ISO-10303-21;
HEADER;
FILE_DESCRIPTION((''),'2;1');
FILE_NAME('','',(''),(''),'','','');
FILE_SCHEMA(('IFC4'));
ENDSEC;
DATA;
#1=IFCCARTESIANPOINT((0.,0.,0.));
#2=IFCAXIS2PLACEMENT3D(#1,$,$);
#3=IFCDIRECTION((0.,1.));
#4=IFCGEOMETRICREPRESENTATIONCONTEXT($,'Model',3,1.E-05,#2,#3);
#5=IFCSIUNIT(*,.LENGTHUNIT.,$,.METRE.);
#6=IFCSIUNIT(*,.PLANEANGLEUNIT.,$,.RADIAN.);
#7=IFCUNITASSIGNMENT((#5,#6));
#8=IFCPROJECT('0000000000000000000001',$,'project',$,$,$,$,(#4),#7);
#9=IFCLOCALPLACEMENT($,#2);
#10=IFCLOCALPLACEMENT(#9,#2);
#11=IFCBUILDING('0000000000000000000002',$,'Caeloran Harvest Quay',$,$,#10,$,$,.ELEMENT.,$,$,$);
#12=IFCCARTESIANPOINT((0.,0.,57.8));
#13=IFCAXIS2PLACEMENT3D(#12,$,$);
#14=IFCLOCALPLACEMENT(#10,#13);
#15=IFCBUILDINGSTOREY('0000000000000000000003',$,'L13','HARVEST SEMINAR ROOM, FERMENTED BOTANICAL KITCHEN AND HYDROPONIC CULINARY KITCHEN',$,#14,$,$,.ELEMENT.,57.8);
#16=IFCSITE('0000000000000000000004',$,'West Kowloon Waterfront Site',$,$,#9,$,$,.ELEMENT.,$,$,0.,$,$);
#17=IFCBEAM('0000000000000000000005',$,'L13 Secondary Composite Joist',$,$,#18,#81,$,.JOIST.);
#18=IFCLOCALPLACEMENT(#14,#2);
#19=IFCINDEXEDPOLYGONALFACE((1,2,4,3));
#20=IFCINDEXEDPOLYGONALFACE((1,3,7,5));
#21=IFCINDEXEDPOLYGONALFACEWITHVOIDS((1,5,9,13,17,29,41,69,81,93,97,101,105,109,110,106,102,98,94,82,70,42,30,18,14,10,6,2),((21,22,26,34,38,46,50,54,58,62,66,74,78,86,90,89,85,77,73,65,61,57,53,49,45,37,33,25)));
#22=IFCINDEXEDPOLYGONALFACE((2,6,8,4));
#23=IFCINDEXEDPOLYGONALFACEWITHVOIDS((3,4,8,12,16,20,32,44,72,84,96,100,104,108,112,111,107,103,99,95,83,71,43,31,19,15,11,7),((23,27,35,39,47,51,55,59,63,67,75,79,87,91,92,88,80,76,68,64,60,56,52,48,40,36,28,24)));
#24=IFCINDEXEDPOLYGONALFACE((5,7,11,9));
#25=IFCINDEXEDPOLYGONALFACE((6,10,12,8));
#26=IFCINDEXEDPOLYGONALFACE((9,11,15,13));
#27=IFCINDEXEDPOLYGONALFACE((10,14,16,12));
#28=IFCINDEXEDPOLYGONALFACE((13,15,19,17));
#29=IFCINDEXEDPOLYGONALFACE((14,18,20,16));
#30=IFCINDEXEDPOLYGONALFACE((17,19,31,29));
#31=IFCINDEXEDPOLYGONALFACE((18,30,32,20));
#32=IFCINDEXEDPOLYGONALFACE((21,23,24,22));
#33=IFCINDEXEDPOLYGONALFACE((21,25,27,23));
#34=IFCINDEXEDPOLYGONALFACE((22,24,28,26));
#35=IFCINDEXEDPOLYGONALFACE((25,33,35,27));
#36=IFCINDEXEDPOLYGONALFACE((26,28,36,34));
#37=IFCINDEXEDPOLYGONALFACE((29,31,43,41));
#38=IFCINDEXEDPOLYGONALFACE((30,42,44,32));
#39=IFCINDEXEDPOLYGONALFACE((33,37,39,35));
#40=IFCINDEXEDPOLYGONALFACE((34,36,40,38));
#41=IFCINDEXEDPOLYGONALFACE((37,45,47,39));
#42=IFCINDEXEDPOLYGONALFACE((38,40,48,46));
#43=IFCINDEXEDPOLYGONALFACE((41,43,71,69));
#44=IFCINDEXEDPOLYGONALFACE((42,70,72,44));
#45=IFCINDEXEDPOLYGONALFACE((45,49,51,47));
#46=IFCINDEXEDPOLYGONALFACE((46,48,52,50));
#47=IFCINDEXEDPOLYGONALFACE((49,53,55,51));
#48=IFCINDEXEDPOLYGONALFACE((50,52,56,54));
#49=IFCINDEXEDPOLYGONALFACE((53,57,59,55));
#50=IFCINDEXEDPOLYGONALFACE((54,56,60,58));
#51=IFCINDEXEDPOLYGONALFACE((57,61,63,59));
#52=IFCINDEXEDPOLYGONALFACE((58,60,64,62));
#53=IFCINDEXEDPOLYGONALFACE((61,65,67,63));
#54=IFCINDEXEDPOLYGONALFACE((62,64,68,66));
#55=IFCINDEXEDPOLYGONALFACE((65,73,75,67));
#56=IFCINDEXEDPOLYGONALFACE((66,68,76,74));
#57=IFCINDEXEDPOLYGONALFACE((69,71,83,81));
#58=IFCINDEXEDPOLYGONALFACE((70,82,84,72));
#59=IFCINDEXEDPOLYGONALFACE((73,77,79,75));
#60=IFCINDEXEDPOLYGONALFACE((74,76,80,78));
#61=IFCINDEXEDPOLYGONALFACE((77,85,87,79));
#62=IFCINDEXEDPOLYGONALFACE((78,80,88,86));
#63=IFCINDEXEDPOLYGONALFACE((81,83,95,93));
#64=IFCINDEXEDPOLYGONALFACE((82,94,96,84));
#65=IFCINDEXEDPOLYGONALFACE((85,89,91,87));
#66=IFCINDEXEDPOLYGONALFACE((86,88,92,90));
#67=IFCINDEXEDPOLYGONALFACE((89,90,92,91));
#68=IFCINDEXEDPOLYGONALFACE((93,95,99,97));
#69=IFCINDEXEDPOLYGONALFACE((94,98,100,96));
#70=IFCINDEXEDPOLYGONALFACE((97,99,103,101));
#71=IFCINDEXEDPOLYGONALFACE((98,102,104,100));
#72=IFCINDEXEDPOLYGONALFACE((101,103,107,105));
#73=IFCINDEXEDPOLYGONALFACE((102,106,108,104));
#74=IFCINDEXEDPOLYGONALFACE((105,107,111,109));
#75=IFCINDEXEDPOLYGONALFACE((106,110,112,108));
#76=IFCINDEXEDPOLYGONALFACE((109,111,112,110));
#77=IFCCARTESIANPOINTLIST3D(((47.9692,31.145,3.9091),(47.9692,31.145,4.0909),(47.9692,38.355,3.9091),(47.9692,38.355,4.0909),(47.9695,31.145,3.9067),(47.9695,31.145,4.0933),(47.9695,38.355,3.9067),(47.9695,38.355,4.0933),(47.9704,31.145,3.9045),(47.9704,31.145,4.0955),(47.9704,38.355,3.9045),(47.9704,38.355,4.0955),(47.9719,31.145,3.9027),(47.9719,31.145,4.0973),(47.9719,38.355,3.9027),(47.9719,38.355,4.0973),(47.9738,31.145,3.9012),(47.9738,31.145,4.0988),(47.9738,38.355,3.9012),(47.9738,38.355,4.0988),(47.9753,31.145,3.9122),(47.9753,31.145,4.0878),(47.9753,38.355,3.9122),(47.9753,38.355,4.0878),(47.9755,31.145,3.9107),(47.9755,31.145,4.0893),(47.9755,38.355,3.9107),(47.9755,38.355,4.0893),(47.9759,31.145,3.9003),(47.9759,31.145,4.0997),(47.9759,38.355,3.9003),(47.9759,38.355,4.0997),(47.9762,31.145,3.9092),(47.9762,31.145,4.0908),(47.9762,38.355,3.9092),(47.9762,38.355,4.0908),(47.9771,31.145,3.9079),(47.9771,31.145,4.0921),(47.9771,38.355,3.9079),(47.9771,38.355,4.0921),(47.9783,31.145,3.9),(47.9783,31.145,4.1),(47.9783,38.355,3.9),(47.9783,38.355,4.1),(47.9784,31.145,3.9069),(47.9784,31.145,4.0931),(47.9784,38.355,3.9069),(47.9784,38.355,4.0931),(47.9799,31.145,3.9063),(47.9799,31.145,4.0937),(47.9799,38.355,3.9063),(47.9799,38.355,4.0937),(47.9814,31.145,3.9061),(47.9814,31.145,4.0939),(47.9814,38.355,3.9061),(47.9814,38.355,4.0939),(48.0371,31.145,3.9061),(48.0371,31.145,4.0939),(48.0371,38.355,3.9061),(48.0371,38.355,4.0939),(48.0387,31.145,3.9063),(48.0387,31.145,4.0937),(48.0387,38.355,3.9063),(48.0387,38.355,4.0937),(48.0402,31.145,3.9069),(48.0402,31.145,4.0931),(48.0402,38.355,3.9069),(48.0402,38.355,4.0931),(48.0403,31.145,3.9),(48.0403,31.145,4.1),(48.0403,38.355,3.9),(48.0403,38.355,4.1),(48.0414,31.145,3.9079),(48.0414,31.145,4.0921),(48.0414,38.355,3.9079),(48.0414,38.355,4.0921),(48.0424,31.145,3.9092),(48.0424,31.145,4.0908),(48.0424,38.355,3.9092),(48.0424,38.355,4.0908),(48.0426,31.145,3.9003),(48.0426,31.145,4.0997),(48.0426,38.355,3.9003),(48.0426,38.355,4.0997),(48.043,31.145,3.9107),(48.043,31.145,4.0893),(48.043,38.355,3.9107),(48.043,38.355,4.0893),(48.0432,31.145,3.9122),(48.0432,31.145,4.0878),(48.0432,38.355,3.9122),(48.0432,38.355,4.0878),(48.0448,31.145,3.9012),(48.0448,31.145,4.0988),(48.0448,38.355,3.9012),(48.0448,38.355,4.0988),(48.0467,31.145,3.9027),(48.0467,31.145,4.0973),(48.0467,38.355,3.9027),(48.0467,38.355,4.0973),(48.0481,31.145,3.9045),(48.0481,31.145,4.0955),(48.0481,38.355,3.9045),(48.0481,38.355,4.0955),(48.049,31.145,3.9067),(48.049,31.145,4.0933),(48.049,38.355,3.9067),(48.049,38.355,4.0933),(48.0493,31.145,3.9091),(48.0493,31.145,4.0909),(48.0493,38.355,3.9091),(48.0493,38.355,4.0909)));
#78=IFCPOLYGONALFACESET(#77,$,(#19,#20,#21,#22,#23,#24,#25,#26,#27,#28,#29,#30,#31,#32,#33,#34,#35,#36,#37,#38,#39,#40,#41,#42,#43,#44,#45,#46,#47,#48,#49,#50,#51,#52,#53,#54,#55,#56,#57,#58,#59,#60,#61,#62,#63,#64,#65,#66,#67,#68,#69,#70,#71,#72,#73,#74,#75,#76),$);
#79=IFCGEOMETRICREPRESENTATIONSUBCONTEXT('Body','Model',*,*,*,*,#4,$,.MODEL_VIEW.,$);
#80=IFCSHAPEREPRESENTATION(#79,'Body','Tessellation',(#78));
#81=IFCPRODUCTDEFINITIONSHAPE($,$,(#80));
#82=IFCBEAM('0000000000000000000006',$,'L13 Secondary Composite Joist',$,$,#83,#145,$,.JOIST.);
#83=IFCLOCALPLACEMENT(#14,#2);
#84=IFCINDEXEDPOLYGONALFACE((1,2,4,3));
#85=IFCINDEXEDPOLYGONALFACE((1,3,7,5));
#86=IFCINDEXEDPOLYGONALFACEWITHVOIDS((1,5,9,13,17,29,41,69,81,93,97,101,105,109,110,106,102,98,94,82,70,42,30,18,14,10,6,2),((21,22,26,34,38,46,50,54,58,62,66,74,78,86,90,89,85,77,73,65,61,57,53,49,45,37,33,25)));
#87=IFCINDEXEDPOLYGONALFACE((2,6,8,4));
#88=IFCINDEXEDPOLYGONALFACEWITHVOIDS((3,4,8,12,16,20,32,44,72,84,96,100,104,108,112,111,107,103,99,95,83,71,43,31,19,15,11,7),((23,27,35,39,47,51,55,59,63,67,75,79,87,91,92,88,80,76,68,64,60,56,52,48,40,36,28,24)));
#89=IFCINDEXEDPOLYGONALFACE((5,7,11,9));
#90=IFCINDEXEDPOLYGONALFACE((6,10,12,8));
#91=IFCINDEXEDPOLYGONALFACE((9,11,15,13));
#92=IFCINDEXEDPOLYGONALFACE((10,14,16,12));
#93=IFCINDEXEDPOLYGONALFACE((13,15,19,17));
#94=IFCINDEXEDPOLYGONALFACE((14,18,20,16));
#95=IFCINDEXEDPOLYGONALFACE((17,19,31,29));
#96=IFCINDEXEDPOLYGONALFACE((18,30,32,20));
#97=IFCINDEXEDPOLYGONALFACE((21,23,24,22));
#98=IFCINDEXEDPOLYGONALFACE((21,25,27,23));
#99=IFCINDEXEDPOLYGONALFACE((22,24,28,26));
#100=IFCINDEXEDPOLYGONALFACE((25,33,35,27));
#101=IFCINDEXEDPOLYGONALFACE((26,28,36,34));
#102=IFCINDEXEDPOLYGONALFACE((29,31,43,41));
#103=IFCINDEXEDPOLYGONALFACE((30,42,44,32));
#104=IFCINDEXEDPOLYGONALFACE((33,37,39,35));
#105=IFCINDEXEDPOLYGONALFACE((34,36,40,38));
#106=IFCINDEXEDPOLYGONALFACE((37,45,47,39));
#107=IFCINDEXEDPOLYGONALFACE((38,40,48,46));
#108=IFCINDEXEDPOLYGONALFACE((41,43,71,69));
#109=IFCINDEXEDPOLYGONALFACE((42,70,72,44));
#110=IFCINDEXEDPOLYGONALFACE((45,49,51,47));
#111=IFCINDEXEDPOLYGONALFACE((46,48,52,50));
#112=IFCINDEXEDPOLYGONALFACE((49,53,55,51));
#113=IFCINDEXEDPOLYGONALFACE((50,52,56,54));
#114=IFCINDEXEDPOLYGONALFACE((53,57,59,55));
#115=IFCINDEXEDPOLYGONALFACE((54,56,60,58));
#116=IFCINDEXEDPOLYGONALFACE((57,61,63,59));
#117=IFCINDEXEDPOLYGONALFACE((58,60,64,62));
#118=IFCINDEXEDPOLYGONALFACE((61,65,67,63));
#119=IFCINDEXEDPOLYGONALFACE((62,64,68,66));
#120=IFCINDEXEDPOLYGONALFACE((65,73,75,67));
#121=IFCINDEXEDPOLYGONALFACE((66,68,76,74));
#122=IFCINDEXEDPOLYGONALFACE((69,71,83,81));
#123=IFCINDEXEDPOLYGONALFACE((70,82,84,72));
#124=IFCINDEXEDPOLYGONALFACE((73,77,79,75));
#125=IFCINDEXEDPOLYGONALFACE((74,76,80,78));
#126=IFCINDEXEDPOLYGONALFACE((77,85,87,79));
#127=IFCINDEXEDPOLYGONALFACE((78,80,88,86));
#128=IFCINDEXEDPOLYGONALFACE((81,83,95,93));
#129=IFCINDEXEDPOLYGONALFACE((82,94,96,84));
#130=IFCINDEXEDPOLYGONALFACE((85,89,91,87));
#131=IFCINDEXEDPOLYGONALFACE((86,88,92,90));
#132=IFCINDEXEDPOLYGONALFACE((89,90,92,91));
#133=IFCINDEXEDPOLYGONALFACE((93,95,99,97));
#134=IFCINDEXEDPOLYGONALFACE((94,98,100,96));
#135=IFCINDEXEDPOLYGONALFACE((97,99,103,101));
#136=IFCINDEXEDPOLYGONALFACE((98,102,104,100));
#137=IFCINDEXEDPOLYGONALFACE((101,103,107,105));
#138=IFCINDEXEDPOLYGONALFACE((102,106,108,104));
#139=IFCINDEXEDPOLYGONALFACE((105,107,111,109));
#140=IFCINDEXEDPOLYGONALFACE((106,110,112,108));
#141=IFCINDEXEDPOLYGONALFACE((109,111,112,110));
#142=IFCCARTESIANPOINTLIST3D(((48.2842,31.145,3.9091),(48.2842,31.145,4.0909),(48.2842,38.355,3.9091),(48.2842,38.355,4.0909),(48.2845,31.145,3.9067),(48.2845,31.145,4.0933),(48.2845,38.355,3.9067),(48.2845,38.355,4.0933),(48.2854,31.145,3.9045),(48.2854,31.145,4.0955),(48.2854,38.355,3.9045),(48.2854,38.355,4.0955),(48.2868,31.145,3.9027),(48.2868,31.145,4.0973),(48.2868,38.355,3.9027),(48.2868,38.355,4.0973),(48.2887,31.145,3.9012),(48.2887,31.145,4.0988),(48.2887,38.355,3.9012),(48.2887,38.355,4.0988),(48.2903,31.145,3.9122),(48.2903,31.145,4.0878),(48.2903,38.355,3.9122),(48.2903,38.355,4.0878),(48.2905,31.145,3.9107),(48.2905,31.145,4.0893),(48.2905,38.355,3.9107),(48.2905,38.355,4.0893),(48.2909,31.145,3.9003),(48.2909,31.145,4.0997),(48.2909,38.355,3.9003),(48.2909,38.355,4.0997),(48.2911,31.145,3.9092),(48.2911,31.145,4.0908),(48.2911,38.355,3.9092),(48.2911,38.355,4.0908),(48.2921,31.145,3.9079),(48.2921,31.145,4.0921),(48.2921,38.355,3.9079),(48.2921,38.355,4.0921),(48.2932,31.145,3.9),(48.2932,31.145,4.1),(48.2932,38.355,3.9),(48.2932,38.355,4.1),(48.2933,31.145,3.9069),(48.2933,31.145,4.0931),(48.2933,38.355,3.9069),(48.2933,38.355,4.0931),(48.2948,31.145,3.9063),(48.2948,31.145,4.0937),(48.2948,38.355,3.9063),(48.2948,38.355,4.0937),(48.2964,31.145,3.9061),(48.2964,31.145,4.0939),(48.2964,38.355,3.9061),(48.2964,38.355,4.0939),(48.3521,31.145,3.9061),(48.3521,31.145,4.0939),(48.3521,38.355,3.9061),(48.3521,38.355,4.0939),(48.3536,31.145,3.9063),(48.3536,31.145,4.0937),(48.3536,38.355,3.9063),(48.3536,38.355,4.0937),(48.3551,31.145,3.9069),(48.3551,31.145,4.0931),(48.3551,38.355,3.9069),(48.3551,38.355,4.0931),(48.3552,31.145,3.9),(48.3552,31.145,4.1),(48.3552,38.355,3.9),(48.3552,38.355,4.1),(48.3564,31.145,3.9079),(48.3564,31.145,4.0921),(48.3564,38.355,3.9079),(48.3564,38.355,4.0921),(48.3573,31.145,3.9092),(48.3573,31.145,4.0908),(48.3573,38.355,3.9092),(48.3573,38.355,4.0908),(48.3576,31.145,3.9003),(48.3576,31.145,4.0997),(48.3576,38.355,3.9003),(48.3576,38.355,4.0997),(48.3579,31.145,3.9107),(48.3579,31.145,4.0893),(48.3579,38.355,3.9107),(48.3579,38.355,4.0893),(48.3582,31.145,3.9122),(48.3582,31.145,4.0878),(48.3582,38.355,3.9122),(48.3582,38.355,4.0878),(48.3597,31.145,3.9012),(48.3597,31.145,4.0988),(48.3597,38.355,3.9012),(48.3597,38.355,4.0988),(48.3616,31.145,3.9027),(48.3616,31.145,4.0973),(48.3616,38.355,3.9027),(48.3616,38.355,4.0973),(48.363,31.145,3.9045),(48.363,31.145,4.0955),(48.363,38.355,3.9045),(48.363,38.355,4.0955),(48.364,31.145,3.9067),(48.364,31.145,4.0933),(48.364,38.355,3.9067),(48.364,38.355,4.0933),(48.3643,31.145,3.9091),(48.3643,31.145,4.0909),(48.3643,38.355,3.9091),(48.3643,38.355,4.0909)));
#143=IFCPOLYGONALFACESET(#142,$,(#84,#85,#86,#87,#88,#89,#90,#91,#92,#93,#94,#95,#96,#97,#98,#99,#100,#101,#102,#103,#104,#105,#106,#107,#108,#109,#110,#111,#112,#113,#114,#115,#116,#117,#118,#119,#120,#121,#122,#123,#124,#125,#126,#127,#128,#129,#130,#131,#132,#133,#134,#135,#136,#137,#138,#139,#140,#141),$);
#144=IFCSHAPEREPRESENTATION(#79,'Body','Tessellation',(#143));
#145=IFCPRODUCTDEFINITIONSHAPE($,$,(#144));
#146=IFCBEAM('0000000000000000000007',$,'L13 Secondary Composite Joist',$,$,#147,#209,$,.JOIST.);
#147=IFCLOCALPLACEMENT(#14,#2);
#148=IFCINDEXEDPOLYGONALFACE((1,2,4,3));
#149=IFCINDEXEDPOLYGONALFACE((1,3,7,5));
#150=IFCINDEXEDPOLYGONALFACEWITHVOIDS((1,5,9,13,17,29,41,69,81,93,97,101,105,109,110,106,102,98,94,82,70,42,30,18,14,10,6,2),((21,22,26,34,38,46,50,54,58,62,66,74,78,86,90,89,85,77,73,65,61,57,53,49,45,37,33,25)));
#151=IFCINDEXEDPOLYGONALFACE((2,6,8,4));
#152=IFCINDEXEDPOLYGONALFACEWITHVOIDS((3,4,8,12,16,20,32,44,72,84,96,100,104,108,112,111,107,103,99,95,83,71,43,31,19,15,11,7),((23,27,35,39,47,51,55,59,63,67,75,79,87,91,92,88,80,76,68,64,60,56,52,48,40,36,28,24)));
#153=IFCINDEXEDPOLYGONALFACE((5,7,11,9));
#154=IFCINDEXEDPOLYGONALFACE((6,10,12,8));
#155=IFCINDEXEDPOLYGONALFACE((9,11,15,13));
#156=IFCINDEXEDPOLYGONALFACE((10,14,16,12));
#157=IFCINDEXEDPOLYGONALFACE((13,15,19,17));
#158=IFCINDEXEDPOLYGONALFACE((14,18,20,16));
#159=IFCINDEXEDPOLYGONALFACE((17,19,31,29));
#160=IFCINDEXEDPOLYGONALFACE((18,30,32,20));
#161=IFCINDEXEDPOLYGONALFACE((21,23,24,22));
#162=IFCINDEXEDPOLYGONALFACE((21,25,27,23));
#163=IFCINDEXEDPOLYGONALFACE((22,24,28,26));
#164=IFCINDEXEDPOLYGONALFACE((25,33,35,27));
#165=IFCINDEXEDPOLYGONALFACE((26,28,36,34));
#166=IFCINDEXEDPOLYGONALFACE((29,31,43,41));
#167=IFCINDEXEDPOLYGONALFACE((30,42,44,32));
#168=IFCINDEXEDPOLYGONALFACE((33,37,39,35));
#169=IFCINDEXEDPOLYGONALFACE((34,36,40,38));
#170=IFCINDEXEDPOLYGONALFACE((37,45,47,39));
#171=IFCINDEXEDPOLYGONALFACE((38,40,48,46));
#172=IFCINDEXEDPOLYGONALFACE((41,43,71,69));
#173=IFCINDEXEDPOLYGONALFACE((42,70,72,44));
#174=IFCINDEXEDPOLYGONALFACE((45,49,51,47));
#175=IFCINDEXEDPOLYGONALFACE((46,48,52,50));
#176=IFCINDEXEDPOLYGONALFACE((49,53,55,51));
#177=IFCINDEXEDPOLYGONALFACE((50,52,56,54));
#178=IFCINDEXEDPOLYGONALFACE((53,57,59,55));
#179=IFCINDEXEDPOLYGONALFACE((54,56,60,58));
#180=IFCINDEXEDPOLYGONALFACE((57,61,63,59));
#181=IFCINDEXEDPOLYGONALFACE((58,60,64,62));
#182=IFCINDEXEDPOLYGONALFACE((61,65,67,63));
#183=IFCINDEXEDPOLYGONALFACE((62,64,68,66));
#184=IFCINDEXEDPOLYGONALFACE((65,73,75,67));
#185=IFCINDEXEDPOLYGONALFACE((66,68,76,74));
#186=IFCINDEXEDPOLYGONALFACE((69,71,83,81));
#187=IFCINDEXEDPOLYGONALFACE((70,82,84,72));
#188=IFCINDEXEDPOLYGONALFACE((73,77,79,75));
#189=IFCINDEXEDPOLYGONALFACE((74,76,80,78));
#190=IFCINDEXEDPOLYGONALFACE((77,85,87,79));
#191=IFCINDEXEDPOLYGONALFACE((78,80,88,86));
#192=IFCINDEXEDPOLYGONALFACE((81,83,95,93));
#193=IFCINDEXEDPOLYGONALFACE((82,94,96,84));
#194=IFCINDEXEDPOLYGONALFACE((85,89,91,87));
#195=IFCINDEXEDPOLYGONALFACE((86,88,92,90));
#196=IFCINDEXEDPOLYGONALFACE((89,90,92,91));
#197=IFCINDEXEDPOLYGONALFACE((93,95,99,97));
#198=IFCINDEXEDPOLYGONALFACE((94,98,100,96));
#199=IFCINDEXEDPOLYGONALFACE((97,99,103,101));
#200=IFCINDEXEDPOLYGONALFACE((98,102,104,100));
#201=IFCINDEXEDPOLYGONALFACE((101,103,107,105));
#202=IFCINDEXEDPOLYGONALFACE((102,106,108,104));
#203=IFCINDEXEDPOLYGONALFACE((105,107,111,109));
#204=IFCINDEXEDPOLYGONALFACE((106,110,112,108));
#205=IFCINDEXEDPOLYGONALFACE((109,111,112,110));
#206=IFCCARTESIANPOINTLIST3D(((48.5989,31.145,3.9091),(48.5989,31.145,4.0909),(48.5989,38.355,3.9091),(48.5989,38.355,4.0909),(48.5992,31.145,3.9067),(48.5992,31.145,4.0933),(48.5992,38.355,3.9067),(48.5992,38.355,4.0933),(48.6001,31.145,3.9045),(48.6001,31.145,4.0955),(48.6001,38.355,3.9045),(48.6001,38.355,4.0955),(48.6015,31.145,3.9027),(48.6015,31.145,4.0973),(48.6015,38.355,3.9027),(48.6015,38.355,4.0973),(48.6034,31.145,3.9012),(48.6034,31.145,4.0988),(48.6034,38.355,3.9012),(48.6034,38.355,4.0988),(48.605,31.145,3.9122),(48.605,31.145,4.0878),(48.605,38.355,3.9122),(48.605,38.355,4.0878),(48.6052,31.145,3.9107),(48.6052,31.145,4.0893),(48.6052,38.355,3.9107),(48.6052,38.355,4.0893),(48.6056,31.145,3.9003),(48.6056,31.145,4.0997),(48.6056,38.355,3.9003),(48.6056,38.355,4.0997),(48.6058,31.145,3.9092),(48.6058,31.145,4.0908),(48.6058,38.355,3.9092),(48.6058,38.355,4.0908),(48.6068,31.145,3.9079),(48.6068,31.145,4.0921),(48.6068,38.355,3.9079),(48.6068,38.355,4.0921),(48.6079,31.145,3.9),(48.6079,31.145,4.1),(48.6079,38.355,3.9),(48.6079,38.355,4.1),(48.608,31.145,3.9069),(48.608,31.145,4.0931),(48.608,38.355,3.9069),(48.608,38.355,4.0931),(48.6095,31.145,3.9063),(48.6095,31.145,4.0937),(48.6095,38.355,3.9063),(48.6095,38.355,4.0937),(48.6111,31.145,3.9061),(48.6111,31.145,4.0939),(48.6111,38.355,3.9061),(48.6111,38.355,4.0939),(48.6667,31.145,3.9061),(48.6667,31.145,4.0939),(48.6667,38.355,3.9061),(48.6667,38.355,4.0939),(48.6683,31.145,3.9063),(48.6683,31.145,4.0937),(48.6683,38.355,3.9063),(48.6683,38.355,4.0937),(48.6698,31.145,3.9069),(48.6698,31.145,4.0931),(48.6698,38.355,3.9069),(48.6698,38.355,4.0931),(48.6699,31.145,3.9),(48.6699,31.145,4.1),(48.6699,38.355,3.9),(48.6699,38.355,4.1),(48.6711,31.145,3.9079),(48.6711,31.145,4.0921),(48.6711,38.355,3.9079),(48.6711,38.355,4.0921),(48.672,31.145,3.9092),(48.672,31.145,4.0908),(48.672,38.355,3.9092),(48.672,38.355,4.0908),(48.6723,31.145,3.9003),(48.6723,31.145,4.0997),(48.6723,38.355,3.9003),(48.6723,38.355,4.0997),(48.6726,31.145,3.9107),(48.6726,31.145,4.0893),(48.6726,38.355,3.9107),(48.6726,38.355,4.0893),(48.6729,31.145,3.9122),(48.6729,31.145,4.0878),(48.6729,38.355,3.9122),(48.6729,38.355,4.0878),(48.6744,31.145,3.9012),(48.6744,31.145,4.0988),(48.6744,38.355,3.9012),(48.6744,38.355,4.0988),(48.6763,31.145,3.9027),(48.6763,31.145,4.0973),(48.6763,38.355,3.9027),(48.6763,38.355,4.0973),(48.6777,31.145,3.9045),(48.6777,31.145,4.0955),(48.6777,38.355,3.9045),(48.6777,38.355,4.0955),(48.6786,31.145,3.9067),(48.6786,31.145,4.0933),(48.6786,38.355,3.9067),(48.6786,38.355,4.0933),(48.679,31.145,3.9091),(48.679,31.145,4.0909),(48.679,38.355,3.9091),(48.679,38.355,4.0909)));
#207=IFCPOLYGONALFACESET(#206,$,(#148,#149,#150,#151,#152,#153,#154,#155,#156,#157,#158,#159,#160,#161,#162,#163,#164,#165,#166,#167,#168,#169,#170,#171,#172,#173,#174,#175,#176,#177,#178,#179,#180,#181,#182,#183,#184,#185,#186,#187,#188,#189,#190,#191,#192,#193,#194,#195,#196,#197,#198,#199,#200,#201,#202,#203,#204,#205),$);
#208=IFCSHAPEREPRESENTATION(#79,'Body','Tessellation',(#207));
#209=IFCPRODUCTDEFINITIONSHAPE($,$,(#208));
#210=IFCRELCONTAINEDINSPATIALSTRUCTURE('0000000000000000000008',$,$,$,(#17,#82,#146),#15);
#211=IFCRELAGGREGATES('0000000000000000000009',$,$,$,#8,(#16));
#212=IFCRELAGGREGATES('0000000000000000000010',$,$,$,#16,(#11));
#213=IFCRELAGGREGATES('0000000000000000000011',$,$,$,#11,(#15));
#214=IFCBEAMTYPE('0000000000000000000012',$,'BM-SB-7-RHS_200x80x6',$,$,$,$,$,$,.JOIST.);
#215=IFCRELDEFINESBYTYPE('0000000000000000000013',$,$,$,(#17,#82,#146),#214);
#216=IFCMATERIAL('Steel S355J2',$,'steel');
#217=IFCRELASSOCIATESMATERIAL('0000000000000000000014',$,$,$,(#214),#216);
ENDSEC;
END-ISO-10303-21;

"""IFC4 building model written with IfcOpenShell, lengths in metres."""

from ifc_helpers import new_model, si_unit, direction, frame, origin, origin_2d, place, context, subcontext, project, spatial, hollow_rectangle, extrude, material, material_profile, profile_set, type_object, element, save


model = new_model("IFC4")

# Units and contexts
model_context = context("Model", 3, precision=1e-05, world=origin(), true_north=direction((0.0, 1.0)))
body_context = subcontext(model_context, "Body", "Model", "MODEL_VIEW")
ifc_project = project(units=[si_unit("LENGTHUNIT", "METRE"), si_unit("PLANEANGLEUNIT", "RADIAN")], contexts=[model_context])

# Site, building, storey
site_placement = place(None, origin())
site = spatial("IfcSite", under=ifc_project, at=site_placement, Name="West Kowloon Waterfront Site", CompositionType="ELEMENT", RefElevation=0.0)
building_placement = place(site_placement, origin())
building = spatial("IfcBuilding", under=site, at=building_placement, Name="Caeloran Harvest Quay", CompositionType="ELEMENT")
storey_placement = place(building_placement, frame((0.0, 0.0, 57.8)))
storey = spatial("IfcBuildingStorey", under=building, at=storey_placement, Name="L13", Description="HARVEST SEMINAR ROOM, FERMENTED BOTANICAL KITCHEN AND HYDROPONIC CULINARY KITCHEN", CompositionType="ELEMENT", Elevation=57.8)

# Beams
ifc_material_1 = material(Name="Steel S355J2", Category="steel")
ifc_material_profile_1 = material_profile(ifc_material_1, hollow_rectangle(XDim=0.0801, YDim=0.2, WallThickness=0.0061, InnerFilletRadius=0.0061, OuterFilletRadius=0.009, at=origin_2d()), Name="RHS 200x80x6")
ifc_profile_set_1 = profile_set([ifc_material_profile_1], Name="Steel S355J2")
beam_type_1 = type_object("IfcBeamType", Name="BM-SB-7-RHS_200x80x6", PredefinedType="JOIST", material=ifc_profile_set_1)
for number, where, z_axis, x_axis, name in (
    (1, (48.0093, 31.145, 4.0), (0.0, 1.0, 0.0), (-1.0, 0.0, 0.0), "L13 Secondary Composite Joist"),
    (2, (48.3242, 31.145, 4.0), (0.0, 1.0, 0.0), (-1.0, 0.0, 0.0), "L13 Secondary Composite Joist"),
    (3, (48.6389, 31.145, 4.0), (0.0, 1.0, 0.0), (-1.0, 0.0, 0.0), "L13 Secondary Composite Joist"),
):
    element("IfcBeam", number, at=place(storey_placement, frame(where, z_axis=z_axis, x_axis=x_axis)), inside=storey, type_object=beam_type_1, Name=name, PredefinedType="JOIST", context=body_context, shape_type="SweptSolid", body=[
        extrude(hollow_rectangle(XDim=0.0801, YDim=0.2, WallThickness=0.0061, InnerFilletRadius=0.0061, OuterFilletRadius=0.009, at=origin_2d()), origin(), (0.0, 0.0, 1.0), 7.21),
    ])

save(model, "model.ifc")
